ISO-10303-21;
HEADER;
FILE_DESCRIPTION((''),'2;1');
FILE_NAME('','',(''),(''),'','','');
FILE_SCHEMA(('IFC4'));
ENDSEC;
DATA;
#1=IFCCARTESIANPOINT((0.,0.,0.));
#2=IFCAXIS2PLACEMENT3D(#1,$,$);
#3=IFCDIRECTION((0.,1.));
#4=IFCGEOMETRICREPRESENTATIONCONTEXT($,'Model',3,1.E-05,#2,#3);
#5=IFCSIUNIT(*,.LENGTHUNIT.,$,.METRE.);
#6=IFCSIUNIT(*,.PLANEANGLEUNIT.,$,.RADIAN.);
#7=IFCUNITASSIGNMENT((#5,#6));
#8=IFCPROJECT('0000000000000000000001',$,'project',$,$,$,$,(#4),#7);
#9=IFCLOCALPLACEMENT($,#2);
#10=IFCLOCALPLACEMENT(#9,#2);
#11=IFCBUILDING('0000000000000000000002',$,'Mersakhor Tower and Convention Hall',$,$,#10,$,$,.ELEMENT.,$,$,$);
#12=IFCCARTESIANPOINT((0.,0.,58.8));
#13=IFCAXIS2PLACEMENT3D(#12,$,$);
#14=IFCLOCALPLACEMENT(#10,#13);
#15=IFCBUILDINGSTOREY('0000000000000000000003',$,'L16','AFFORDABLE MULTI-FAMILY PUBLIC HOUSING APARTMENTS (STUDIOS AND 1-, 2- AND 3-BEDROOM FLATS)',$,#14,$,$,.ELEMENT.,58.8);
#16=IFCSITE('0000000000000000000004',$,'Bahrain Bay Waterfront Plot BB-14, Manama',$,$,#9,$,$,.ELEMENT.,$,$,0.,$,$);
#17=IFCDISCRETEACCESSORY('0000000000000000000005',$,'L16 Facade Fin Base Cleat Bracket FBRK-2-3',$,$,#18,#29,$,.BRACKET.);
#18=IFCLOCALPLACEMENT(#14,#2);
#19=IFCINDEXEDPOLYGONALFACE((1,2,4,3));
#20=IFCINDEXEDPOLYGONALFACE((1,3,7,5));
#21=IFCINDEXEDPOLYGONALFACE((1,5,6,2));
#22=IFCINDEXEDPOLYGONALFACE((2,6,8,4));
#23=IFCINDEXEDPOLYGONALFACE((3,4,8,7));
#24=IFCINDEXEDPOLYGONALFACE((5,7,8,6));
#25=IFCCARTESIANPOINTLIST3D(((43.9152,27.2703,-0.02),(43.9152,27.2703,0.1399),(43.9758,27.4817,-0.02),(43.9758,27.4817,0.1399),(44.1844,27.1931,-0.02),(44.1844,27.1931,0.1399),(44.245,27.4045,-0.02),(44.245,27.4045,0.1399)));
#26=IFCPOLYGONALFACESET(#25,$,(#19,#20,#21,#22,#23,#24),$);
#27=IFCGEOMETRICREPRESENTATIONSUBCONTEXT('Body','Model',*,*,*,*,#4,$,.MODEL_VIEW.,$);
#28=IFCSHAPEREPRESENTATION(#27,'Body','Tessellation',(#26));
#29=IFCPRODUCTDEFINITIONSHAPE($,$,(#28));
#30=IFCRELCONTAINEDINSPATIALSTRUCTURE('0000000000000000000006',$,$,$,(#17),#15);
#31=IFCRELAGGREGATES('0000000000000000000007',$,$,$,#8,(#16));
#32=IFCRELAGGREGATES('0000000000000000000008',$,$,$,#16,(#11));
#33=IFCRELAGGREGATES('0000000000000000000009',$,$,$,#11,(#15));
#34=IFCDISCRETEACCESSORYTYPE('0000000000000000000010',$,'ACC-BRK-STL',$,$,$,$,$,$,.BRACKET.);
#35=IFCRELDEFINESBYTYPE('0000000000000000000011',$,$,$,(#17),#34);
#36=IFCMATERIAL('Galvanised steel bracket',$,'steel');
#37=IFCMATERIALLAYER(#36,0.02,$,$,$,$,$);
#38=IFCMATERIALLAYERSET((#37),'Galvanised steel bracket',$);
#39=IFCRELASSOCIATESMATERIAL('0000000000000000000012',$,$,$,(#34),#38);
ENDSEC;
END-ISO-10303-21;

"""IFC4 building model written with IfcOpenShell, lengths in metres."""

from ifc_helpers import new_model, si_unit, direction, frame, origin, origin_2d, place, context, subcontext, project, spatial, rectangle, extrude, material, layer, layer_set, type_object, element, save


model = new_model("IFC4")

# Units and contexts
model_context = context("Model", 3, precision=1e-05, world=origin(), true_north=direction((0.0, 1.0)))
body_context = subcontext(model_context, "Body", "Model", "MODEL_VIEW")
ifc_project = project(units=[si_unit("LENGTHUNIT", "METRE"), si_unit("PLANEANGLEUNIT", "RADIAN")], contexts=[model_context])

# Site, building, storey
site_placement = place(None, origin())
site = spatial("IfcSite", under=ifc_project, at=site_placement, Name="Bahrain Bay Waterfront Plot BB-14, Manama", CompositionType="ELEMENT", RefElevation=0.0)
building_placement = place(site_placement, origin())
building = spatial("IfcBuilding", under=site, at=building_placement, Name="Mersakhor Tower and Convention Hall", CompositionType="ELEMENT")
storey_placement = place(building_placement, frame((0.0, 0.0, 58.8)))
storey = spatial("IfcBuildingStorey", under=building, at=storey_placement, Name="L16", Description="AFFORDABLE MULTI-FAMILY PUBLIC HOUSING APARTMENTS (STUDIOS AND 1-, 2- AND 3-BEDROOM FLATS)", CompositionType="ELEMENT", Elevation=58.8)

# Discrete accessory
ifc_material_1 = material(Name="Galvanised steel bracket", Category="steel")
ifc_layer_1 = layer(ifc_material_1, 0.02)
ifc_layer_set_1 = layer_set([ifc_layer_1], Name="Galvanised steel bracket")
discrete_accessory_type = type_object("IfcDiscreteAccessoryType", Name="ACC-BRK-STL", PredefinedType="BRACKET", material=ifc_layer_set_1)
discrete_accessory_1_placement = place(storey_placement, frame((44.0801, 27.3374, -0.02), z_axis=(0.0, 0.0, 1.0), x_axis=(0.961262, -0.275637, 0.0)))
element("IfcDiscreteAccessory", 1, at=discrete_accessory_1_placement, inside=storey, type_object=discrete_accessory_type, Name="L16 Facade Fin Base Cleat Bracket FBRK-2-3", PredefinedType="BRACKET", context=body_context, shape_type="SweptSolid", body=[
    extrude(rectangle(XDim=0.28, YDim=0.22, at=origin_2d()), origin(), (0.0, 0.0, 1.0), 0.1599),
])

save(model, "model.ifc")
